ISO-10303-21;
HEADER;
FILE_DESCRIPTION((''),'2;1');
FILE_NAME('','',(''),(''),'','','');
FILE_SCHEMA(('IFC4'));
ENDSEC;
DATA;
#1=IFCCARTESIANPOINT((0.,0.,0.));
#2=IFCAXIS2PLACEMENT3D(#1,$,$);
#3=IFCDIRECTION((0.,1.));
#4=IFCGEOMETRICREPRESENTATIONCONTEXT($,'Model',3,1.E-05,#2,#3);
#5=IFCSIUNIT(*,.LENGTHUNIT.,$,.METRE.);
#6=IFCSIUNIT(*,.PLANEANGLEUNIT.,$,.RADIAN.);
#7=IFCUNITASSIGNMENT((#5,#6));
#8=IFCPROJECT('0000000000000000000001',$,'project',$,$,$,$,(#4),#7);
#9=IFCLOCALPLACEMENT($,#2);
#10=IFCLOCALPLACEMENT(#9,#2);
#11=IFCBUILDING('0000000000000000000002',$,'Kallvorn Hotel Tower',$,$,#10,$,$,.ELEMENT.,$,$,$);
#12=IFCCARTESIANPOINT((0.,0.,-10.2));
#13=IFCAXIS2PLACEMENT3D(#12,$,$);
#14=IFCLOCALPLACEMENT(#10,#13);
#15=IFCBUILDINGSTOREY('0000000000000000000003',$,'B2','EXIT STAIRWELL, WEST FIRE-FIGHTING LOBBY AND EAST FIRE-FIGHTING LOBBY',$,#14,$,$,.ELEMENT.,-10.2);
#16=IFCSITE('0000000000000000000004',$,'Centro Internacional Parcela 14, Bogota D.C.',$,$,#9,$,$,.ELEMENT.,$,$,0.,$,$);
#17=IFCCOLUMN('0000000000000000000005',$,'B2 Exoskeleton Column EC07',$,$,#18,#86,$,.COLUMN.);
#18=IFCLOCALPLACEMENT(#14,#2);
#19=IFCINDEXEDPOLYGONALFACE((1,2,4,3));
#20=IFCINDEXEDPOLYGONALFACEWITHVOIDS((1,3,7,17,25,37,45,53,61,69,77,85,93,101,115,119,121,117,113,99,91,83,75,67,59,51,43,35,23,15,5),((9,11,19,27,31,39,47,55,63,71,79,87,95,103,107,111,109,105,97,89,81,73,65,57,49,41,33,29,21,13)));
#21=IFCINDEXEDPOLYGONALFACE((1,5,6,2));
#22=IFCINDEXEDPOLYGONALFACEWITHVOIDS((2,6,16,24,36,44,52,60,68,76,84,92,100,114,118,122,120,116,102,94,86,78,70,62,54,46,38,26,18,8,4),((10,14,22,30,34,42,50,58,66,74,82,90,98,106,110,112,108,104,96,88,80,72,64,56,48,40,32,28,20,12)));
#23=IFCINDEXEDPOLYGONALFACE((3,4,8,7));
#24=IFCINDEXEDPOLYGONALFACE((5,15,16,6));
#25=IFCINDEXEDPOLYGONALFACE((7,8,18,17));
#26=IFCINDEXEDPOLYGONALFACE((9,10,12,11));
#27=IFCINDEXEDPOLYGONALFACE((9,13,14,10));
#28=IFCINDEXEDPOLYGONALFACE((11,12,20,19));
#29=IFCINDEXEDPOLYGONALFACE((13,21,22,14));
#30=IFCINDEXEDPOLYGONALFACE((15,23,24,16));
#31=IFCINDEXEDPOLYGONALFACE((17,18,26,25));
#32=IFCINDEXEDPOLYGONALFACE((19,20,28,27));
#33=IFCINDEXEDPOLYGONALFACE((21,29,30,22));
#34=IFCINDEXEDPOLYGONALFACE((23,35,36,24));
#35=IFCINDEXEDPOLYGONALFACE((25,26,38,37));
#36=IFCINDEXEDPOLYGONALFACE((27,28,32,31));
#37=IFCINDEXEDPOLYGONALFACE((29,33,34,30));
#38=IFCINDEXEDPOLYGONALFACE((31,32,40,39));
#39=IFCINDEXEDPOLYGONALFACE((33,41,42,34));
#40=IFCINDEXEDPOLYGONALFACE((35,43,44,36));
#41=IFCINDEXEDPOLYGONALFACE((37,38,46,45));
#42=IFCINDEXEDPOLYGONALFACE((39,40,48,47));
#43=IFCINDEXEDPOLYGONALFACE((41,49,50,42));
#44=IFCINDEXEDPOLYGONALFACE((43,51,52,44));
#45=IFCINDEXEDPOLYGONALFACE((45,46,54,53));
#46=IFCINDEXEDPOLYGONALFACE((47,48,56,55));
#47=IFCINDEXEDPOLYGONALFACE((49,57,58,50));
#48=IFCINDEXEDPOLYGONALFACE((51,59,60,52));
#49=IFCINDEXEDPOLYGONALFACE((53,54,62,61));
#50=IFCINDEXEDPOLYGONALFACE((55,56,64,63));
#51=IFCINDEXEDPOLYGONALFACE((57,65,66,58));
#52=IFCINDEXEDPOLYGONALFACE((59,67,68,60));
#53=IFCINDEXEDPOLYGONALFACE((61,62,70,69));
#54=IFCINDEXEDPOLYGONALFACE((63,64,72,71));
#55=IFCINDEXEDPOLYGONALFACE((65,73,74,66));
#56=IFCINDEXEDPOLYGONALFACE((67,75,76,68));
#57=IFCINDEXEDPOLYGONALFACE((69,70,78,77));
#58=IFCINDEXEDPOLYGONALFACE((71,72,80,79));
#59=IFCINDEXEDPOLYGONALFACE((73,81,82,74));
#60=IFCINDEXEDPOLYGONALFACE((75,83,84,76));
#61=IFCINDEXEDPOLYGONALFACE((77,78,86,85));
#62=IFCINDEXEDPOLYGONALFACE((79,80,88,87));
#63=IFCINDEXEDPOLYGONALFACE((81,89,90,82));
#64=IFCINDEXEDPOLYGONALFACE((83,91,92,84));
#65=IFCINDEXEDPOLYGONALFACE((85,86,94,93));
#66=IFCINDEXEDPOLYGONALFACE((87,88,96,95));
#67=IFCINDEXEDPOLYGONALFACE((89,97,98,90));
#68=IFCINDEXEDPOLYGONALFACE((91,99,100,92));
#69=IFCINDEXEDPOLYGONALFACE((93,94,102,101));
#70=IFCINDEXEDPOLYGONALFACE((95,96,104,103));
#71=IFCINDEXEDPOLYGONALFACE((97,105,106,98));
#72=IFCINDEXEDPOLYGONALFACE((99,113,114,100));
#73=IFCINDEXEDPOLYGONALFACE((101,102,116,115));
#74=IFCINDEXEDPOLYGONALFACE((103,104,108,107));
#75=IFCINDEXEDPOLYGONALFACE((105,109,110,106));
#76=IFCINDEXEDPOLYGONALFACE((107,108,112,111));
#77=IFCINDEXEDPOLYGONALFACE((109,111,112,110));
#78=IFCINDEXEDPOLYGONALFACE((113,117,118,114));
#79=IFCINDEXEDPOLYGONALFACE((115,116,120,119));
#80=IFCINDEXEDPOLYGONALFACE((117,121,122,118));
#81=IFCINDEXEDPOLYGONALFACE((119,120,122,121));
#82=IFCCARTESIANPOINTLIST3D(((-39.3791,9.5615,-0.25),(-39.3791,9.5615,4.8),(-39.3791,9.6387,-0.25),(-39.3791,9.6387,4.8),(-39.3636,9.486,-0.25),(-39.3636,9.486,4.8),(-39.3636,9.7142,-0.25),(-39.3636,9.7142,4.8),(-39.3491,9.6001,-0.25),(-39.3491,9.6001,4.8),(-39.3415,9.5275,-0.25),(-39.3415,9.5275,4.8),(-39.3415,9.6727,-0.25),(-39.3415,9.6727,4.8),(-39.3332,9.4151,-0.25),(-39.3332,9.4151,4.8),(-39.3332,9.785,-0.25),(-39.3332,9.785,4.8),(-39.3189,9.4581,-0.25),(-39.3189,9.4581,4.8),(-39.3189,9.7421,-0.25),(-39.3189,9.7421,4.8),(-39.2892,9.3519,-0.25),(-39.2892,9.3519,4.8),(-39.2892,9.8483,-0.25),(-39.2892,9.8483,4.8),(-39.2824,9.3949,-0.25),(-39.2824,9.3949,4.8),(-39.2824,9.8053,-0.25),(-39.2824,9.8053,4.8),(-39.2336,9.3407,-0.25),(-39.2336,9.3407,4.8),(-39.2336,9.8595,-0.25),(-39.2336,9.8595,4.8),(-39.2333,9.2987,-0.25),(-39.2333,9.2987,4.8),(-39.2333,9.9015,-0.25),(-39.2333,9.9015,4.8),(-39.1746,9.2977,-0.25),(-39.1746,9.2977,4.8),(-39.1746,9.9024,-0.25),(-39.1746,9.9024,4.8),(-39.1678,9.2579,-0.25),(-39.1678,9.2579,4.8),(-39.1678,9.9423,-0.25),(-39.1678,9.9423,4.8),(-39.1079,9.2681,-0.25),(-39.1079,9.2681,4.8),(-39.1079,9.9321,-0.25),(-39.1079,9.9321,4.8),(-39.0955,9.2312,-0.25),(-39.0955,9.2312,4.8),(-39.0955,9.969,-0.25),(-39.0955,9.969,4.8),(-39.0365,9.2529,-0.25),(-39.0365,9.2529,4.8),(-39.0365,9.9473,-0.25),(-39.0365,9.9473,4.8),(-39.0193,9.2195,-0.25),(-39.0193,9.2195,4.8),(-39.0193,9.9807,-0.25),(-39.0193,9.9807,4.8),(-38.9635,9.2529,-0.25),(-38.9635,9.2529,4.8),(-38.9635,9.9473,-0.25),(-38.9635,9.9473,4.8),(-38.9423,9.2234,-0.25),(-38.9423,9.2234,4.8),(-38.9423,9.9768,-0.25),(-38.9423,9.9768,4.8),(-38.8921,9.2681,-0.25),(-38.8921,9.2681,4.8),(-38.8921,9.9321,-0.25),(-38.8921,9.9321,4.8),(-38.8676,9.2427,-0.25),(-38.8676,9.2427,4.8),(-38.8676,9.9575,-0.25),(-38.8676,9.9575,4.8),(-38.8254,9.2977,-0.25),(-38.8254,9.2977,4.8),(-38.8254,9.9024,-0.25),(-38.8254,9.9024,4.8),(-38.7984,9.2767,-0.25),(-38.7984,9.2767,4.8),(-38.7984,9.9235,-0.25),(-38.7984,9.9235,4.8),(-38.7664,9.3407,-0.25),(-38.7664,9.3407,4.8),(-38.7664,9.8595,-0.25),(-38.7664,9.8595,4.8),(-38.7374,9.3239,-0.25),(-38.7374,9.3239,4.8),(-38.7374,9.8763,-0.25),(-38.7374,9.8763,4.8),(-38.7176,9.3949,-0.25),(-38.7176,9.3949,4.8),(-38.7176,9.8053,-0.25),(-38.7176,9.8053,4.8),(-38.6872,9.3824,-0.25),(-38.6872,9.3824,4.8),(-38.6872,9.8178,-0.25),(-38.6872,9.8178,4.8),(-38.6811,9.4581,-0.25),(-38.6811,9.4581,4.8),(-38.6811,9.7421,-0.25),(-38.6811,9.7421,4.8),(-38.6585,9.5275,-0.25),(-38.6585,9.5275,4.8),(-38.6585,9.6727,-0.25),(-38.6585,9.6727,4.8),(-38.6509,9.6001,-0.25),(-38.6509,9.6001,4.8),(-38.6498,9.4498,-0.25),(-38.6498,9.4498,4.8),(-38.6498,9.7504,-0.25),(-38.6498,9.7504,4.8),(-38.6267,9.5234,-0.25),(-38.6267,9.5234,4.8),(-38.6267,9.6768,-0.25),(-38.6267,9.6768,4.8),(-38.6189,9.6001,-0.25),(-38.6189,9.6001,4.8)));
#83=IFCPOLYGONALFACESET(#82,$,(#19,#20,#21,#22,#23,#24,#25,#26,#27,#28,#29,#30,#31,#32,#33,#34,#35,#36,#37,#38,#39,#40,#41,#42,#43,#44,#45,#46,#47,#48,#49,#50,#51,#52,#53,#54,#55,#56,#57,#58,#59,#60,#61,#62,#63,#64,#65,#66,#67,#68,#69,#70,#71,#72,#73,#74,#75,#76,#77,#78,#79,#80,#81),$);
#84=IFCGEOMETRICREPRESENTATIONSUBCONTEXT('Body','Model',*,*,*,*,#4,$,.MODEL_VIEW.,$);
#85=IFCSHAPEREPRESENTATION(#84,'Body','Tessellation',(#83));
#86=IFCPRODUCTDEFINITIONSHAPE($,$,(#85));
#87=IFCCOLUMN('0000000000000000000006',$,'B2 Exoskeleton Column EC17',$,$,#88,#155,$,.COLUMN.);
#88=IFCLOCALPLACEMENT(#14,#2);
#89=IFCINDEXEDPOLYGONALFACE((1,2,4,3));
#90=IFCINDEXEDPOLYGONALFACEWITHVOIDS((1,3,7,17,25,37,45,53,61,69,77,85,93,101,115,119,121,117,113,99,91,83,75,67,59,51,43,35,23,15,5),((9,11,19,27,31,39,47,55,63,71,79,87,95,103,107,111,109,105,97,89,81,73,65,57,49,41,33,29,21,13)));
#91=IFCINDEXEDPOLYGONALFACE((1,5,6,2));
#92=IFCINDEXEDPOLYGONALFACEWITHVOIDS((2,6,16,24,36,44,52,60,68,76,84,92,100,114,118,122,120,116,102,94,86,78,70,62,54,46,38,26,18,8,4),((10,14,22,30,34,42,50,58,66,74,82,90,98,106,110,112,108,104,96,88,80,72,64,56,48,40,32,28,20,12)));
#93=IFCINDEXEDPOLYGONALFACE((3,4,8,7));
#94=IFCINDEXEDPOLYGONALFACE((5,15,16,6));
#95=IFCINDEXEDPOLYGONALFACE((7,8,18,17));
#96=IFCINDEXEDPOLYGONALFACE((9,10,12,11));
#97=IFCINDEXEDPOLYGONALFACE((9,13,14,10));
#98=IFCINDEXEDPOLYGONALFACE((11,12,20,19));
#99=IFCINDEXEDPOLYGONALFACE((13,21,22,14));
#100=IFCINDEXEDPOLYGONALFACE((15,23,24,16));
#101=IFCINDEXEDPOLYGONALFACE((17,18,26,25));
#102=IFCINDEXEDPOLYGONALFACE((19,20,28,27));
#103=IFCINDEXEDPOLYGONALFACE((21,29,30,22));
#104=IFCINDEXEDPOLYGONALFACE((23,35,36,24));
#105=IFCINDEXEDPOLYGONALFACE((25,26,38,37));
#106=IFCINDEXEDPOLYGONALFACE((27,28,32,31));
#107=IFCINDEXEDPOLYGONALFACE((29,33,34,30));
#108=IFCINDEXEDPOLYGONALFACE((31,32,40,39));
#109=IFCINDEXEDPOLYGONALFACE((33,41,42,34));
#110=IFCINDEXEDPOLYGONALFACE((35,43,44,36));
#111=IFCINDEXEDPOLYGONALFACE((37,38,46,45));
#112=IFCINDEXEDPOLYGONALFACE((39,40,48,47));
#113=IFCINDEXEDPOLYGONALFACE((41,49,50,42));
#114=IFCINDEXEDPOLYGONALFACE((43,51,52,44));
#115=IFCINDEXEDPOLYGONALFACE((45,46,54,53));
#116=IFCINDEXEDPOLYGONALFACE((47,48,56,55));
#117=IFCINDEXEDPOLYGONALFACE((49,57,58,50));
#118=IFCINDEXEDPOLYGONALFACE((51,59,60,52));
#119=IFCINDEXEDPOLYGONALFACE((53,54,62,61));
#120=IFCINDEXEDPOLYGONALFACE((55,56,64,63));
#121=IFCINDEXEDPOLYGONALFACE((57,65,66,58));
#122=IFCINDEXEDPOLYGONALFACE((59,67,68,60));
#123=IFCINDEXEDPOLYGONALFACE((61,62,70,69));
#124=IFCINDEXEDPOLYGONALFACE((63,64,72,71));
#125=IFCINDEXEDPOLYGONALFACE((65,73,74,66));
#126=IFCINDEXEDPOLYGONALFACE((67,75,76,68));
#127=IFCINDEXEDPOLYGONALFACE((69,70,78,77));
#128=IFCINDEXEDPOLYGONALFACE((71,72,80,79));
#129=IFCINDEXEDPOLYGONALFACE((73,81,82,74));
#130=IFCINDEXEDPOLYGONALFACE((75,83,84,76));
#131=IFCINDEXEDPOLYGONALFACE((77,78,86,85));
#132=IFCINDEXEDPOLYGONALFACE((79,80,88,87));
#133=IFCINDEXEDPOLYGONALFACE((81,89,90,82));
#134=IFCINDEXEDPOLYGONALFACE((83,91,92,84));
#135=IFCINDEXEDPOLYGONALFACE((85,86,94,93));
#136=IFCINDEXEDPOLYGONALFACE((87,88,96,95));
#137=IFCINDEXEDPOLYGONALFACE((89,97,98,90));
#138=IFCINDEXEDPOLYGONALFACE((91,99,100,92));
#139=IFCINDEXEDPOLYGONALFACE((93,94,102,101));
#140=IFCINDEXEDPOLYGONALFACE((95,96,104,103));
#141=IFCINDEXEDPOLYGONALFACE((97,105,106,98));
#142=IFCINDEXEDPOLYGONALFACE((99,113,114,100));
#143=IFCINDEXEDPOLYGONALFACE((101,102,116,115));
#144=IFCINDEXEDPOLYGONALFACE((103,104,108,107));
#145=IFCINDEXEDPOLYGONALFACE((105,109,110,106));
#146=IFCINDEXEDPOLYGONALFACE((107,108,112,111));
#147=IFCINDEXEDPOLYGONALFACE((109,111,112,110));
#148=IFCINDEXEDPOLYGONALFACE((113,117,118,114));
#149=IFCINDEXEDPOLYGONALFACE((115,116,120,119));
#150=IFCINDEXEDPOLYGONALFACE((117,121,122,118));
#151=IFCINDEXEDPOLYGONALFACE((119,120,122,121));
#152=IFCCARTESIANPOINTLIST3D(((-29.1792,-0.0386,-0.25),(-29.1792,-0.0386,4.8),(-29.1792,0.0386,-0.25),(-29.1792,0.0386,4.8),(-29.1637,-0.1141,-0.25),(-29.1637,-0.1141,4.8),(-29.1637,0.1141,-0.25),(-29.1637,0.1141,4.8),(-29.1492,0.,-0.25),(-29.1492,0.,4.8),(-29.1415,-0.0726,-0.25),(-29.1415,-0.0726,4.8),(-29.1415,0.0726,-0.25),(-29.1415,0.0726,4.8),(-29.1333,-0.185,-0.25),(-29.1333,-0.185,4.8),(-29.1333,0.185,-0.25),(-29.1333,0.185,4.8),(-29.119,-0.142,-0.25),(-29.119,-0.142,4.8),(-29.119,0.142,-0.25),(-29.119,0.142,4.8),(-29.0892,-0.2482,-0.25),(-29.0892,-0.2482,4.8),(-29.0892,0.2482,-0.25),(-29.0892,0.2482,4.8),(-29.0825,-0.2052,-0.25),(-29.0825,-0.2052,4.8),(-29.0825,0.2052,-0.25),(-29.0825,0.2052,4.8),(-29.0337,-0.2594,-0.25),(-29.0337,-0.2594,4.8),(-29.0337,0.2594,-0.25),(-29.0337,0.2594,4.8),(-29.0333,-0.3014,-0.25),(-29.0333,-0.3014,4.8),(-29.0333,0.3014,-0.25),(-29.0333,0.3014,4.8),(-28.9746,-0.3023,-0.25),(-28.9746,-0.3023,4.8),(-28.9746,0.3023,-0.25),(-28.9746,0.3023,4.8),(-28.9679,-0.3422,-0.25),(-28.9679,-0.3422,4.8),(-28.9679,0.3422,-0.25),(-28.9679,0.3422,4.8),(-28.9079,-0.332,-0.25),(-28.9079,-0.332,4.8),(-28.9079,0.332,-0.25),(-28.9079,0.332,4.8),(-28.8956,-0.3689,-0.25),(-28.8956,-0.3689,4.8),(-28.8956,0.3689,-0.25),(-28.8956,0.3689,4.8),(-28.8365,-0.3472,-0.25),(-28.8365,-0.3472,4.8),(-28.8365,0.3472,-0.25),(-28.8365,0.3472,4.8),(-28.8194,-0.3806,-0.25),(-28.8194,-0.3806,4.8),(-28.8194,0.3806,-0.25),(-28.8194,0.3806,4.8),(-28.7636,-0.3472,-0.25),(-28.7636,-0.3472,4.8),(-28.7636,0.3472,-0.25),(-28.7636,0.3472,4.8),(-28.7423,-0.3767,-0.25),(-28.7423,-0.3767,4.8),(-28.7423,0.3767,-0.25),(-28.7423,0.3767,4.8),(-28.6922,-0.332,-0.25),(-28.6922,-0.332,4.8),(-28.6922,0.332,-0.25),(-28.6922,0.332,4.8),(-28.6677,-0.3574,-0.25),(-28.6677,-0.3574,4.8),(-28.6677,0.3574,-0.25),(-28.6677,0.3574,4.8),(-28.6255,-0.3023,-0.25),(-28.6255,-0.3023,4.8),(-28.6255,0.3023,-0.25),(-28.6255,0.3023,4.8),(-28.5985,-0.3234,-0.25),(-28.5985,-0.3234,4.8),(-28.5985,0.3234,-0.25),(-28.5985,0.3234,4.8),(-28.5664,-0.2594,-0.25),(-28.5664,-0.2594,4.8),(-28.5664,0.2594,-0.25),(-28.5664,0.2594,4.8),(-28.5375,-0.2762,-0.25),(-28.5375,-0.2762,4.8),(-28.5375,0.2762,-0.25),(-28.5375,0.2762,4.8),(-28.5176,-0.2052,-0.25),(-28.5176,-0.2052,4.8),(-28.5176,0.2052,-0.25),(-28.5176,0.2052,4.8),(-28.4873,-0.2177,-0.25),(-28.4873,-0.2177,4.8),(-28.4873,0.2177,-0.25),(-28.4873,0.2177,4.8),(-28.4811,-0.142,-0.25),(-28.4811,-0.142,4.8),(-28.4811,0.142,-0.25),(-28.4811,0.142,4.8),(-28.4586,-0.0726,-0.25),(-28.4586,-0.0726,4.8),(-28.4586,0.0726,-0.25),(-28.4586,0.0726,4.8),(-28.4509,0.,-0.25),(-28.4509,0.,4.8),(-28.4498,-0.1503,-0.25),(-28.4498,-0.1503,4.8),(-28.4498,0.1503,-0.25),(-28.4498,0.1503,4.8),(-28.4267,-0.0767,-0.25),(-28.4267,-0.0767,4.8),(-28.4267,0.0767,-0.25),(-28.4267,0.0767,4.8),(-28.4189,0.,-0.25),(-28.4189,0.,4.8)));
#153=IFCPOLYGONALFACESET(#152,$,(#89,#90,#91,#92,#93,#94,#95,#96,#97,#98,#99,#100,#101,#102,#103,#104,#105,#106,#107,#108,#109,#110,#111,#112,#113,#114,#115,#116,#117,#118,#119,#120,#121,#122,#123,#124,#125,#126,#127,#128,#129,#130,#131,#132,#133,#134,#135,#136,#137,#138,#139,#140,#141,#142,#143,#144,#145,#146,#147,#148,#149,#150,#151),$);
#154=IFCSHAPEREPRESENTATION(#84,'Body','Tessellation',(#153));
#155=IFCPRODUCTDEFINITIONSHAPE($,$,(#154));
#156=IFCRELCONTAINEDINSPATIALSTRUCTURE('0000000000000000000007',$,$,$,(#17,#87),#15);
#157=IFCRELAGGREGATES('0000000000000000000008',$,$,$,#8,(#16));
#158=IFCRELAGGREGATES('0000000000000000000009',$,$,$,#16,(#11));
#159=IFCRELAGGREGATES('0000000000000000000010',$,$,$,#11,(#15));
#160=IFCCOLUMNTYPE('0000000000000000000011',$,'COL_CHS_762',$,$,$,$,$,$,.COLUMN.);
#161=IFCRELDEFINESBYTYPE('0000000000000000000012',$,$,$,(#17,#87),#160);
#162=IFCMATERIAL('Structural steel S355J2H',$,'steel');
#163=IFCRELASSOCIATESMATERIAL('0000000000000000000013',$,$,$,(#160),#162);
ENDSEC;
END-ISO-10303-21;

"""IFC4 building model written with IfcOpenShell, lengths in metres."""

from ifc_helpers import new_model, si_unit, direction, frame, origin, origin_2d, place, context, subcontext, project, spatial, hollow_circle, extrude, material, material_profile, profile_set, type_object, element, save


model = new_model("IFC4")

# Units and contexts
model_context = context("Model", 3, precision=1e-05, world=origin(), true_north=direction((0.0, 1.0)))
body_context = subcontext(model_context, "Body", "Model", "MODEL_VIEW")
ifc_project = project(units=[si_unit("LENGTHUNIT", "METRE"), si_unit("PLANEANGLEUNIT", "RADIAN")], contexts=[model_context])

# Site, building, storey
site_placement = place(None, origin())
site = spatial("IfcSite", under=ifc_project, at=site_placement, Name="Centro Internacional Parcela 14, Bogota D.C.", CompositionType="ELEMENT", RefElevation=0.0)
building_placement = place(site_placement, origin())
building = spatial("IfcBuilding", under=site, at=building_placement, Name="Kallvorn Hotel Tower", CompositionType="ELEMENT")
storey_placement = place(building_placement, frame((0.0, 0.0, -10.2)))
storey = spatial("IfcBuildingStorey", under=building, at=storey_placement, Name="B2", Description="EXIT STAIRWELL, WEST FIRE-FIGHTING LOBBY AND EAST FIRE-FIGHTING LOBBY", CompositionType="ELEMENT", Elevation=-10.2)

# Columns
ifc_material_1 = material(Name="Structural steel S355J2H", Category="steel")
ifc_material_profile_1 = material_profile(ifc_material_1, hollow_circle(Radius=0.3811, WallThickness=0.032, at=origin_2d()), Name="CHS 762x32")
ifc_profile_set_1 = profile_set([ifc_material_profile_1], Name="Structural steel S355J2H")
column_type = type_object("IfcColumnType", Name="COL_CHS_762", PredefinedType="COLUMN", material=ifc_profile_set_1)
for number, where, z_axis, x_axis, name in (
    (1, (-39.0, 9.6001, -0.25), (0.0, 0.0, 1.0), (1.0, 0.0, 0.0), "B2 Exoskeleton Column EC07"),
    (2, (-28.8, 0.0, -0.25), (0.0, 0.0, 1.0), (1.0, 0.0, 0.0), "B2 Exoskeleton Column EC17"),
):
    element("IfcColumn", number, at=place(storey_placement, frame(where, z_axis=z_axis, x_axis=x_axis)), inside=storey, type_object=column_type, Name=name, PredefinedType="COLUMN", context=body_context, shape_type="SweptSolid", body=[
        extrude(hollow_circle(Radius=0.3811, WallThickness=0.032, at=origin_2d()), origin(), (0.0, 0.0, 1.0), 5.05),
    ])

save(model, "model.ifc")
